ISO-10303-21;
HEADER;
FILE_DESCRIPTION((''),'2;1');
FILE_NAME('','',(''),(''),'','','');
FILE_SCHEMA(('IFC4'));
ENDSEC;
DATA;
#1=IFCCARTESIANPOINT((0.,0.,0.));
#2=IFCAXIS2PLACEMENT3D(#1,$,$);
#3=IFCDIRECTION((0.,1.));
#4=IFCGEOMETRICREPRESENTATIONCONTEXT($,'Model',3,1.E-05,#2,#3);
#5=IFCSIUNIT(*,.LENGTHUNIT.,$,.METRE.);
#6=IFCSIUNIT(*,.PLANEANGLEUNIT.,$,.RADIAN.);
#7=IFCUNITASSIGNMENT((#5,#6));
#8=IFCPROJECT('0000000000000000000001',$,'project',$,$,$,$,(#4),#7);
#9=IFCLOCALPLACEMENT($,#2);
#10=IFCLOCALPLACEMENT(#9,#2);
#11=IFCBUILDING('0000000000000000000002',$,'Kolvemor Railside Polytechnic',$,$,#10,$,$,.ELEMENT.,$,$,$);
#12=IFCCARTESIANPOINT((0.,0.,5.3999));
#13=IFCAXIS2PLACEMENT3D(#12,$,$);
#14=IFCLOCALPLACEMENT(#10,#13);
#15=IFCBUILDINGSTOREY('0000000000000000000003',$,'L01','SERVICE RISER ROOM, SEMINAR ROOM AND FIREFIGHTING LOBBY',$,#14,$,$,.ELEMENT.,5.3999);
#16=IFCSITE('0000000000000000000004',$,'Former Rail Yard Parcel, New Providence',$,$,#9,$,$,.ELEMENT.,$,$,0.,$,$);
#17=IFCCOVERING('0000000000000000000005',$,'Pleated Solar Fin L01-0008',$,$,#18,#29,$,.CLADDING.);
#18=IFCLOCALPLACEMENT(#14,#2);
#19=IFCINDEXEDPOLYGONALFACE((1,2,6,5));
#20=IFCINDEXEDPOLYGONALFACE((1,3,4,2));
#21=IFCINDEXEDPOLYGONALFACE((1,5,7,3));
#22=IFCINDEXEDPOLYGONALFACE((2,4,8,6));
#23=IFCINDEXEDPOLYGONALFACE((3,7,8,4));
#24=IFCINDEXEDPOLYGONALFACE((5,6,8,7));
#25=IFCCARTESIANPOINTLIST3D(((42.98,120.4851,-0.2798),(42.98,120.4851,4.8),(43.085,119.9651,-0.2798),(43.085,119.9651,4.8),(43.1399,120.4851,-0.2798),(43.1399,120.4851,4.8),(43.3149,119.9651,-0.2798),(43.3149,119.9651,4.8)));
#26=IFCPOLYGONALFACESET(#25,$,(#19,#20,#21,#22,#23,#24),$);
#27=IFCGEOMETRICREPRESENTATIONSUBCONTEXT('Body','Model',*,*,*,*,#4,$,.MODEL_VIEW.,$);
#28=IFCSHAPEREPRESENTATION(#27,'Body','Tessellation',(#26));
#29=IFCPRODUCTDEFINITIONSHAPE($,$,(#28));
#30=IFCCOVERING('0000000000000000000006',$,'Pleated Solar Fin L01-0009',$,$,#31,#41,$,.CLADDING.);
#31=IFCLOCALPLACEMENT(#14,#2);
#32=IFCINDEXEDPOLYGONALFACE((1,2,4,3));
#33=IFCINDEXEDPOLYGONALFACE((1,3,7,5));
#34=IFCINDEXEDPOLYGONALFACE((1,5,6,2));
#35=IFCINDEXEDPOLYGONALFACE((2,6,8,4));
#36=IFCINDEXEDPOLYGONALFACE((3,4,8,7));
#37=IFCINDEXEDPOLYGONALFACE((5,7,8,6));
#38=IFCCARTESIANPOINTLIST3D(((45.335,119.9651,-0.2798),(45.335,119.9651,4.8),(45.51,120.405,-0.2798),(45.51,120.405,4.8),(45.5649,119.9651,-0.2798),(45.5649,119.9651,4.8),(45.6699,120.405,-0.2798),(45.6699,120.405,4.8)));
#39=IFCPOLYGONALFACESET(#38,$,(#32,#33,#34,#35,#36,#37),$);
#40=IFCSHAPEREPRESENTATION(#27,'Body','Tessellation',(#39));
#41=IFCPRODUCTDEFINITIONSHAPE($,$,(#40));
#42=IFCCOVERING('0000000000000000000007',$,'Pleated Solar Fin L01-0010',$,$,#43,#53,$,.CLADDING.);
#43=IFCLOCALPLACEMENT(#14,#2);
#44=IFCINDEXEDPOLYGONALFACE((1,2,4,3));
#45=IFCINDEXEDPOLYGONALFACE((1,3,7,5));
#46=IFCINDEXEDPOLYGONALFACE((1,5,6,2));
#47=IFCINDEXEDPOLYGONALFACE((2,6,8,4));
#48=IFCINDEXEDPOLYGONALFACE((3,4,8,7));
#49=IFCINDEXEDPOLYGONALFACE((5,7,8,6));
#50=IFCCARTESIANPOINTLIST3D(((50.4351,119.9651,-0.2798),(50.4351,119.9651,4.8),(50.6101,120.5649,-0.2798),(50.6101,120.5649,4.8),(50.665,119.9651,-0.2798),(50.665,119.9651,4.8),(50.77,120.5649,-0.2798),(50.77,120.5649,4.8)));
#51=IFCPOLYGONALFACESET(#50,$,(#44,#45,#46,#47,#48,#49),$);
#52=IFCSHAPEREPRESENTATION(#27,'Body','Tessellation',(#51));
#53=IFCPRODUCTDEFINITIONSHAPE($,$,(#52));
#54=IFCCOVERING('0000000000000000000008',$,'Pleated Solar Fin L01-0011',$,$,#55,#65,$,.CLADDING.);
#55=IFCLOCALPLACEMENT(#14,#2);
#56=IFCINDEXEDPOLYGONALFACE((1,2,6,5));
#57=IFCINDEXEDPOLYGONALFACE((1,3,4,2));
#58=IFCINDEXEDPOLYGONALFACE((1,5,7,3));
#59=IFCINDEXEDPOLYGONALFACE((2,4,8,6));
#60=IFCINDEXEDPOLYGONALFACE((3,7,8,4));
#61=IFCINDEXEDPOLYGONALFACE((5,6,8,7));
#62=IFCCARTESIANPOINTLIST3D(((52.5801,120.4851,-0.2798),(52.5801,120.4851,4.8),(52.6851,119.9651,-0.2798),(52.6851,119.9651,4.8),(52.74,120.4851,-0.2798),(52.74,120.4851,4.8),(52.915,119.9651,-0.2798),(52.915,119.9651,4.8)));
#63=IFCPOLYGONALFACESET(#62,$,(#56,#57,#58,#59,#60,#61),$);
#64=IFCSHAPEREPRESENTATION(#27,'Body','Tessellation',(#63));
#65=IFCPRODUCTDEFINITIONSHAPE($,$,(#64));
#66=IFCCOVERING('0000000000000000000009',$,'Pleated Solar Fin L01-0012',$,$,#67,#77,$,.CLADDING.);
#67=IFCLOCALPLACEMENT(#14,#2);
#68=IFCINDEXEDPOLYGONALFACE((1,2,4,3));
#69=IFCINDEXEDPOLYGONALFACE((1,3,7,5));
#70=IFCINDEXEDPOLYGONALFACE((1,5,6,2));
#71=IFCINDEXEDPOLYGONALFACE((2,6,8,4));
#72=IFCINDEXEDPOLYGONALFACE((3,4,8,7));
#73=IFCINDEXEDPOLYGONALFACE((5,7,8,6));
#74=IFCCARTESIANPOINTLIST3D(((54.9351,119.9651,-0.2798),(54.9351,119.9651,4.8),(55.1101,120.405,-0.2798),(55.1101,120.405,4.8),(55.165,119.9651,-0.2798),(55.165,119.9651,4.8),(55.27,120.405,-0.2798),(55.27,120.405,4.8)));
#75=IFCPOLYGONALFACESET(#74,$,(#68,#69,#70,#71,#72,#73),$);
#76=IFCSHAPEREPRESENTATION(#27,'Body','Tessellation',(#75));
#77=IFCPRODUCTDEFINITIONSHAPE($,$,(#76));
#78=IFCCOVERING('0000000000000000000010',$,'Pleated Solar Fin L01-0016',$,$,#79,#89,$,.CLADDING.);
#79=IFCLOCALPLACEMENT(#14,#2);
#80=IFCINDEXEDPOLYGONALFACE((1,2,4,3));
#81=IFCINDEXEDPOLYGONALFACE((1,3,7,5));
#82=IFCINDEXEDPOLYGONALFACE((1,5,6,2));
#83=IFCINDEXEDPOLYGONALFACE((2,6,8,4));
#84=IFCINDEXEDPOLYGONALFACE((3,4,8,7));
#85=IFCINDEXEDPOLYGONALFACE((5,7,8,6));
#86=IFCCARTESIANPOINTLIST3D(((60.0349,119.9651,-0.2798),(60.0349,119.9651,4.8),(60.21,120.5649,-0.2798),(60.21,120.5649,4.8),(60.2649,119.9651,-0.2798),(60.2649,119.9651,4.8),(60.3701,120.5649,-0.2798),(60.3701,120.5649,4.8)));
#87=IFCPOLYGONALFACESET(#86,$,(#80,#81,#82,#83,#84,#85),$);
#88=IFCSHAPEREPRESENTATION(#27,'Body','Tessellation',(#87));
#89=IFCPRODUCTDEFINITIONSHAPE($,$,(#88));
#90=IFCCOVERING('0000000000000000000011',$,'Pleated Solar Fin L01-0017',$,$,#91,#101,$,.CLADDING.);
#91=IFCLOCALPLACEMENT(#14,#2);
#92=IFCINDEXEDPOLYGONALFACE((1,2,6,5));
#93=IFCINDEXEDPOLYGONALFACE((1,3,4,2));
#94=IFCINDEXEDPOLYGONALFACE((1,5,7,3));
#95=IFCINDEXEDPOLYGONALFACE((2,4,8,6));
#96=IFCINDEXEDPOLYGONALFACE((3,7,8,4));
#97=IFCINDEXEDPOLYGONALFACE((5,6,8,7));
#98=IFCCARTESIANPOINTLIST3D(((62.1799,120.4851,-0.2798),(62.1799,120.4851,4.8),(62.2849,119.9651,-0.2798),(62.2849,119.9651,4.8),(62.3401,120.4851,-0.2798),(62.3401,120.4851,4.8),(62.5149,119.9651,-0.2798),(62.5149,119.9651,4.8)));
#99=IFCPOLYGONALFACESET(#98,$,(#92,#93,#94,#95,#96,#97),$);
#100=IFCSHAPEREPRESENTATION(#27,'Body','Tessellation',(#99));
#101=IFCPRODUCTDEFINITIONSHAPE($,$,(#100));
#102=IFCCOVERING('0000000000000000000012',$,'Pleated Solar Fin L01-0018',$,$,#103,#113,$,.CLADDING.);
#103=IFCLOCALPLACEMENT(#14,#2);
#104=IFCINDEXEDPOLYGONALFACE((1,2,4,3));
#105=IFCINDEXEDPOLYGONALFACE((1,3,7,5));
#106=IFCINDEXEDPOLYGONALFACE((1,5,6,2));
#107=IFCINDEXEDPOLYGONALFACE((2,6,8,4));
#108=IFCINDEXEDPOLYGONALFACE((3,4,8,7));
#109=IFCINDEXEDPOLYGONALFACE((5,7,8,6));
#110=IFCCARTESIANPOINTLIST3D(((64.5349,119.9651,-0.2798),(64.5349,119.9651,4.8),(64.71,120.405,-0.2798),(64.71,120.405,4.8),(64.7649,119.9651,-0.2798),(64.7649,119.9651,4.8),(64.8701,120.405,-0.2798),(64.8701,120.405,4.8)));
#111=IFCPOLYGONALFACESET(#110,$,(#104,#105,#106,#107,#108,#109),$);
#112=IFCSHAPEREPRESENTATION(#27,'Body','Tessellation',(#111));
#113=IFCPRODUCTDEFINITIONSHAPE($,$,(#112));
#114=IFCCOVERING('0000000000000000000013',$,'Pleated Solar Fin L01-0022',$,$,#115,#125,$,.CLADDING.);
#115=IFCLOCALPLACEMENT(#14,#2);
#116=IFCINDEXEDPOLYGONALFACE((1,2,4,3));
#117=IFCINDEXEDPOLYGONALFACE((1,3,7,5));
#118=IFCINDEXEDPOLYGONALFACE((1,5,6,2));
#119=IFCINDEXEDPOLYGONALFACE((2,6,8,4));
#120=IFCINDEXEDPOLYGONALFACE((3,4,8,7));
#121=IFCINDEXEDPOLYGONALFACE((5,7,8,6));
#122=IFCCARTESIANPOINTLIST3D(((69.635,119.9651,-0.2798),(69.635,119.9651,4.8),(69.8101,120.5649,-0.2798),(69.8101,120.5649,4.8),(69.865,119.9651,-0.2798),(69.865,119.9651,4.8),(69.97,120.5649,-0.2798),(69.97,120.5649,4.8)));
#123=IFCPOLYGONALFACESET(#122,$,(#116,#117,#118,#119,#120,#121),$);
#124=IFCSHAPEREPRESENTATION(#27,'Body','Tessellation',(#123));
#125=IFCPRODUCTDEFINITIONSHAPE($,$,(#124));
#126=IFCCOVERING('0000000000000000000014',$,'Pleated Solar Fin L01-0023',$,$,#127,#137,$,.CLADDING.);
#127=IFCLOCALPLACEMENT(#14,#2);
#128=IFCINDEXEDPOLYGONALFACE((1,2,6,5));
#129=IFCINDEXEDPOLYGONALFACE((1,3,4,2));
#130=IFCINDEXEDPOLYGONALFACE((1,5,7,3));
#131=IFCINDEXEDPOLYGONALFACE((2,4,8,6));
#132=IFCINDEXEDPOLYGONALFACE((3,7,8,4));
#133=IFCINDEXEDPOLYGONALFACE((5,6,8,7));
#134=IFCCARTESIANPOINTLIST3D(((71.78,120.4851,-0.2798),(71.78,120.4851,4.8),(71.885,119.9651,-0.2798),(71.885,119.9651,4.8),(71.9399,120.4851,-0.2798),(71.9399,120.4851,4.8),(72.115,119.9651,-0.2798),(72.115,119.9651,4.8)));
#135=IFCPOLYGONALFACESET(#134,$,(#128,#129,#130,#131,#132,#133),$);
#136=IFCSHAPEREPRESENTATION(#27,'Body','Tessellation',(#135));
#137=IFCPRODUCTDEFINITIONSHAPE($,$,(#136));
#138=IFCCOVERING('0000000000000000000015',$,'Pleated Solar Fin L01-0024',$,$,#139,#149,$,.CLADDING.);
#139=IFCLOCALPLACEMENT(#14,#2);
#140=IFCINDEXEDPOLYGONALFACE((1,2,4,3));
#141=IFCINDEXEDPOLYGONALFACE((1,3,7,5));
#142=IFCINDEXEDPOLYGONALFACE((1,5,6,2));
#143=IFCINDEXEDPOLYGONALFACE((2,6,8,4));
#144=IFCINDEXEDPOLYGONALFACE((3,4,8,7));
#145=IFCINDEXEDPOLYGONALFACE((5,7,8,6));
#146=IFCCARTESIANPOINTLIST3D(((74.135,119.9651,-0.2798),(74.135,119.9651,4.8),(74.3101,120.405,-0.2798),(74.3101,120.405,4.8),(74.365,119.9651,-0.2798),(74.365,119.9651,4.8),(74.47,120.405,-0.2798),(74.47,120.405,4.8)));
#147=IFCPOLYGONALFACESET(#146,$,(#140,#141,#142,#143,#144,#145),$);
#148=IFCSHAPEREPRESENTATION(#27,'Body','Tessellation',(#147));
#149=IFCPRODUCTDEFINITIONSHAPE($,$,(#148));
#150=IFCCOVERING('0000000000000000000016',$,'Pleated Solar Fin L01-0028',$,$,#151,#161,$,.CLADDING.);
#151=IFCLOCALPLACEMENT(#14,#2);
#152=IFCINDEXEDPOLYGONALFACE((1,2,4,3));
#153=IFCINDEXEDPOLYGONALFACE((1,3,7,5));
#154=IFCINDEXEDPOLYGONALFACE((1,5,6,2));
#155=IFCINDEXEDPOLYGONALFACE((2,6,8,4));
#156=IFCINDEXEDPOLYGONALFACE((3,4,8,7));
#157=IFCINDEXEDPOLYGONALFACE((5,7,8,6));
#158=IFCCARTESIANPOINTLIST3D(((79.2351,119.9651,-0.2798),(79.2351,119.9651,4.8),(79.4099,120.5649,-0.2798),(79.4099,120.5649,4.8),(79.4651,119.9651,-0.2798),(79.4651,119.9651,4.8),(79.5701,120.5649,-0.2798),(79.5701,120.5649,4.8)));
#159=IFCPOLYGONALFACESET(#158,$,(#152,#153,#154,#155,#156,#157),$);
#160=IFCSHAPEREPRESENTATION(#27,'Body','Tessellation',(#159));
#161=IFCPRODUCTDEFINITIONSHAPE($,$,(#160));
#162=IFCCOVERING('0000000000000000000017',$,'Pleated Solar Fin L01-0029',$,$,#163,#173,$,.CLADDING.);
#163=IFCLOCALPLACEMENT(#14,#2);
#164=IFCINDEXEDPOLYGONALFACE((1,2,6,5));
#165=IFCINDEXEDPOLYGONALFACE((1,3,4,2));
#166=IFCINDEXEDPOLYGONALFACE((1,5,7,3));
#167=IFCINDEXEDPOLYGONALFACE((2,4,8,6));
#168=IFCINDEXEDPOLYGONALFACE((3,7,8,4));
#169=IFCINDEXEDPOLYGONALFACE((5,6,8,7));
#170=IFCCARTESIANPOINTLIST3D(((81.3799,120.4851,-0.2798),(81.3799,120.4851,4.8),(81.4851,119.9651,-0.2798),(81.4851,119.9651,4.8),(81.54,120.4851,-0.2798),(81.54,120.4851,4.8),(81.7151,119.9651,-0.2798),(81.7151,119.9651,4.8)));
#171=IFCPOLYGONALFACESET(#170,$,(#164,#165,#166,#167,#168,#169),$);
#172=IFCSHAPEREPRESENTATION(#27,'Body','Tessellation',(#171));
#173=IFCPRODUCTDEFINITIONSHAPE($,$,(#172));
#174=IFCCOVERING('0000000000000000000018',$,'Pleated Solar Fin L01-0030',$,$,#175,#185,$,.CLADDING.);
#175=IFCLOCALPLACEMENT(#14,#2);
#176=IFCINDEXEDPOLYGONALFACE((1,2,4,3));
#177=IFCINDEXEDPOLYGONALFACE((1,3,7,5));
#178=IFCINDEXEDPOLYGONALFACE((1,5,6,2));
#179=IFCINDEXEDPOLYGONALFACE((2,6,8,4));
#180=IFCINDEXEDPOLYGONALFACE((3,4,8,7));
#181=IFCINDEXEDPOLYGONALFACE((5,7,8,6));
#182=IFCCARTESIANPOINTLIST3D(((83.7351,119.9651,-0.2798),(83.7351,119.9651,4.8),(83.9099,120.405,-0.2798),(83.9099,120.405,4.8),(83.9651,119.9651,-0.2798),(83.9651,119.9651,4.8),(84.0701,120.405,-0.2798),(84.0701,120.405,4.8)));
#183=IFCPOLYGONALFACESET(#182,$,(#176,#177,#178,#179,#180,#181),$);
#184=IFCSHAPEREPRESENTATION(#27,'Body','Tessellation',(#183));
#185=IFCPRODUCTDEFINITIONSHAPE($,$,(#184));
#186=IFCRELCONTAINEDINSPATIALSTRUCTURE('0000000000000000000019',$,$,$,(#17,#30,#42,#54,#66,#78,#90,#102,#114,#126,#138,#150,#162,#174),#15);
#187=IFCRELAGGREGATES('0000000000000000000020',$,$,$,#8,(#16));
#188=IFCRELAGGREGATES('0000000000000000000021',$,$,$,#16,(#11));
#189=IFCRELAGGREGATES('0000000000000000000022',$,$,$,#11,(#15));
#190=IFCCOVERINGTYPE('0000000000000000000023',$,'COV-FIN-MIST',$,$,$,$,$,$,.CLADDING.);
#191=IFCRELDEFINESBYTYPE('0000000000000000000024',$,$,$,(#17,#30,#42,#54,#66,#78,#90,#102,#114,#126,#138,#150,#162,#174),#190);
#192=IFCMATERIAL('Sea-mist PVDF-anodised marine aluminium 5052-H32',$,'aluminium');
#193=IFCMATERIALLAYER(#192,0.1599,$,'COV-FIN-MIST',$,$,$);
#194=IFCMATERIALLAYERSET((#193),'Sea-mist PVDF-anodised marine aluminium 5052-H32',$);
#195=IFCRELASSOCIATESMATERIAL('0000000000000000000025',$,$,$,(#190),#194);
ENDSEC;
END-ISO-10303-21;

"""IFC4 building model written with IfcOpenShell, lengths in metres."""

from ifc_helpers import new_model, si_unit, direction, frame, origin, place, context, subcontext, project, spatial, polyline, outline, extrude, material, layer, layer_set, type_object, element, save


model = new_model("IFC4")

# Units and contexts
model_context = context("Model", 3, precision=1e-05, world=origin(), true_north=direction((0.0, 1.0)))
body_context = subcontext(model_context, "Body", "Model", "MODEL_VIEW")
ifc_project = project(units=[si_unit("LENGTHUNIT", "METRE"), si_unit("PLANEANGLEUNIT", "RADIAN")], contexts=[model_context])

# Site, building, storey
site_placement = place(None, origin())
site = spatial("IfcSite", under=ifc_project, at=site_placement, Name="Former Rail Yard Parcel, New Providence", CompositionType="ELEMENT", RefElevation=0.0)
building_placement = place(site_placement, origin())
building = spatial("IfcBuilding", under=site, at=building_placement, Name="Kolvemor Railside Polytechnic", CompositionType="ELEMENT")
storey_placement = place(building_placement, frame((0.0, 0.0, 5.3999)))
storey = spatial("IfcBuildingStorey", under=building, at=storey_placement, Name="L01", Description="SERVICE RISER ROOM, SEMINAR ROOM AND FIREFIGHTING LOBBY", CompositionType="ELEMENT", Elevation=5.3999)

# Coverings
ifc_material_1 = material(Name="Sea-mist PVDF-anodised marine aluminium 5052-H32", Category="aluminium")
ifc_layer_1 = layer(ifc_material_1, 0.1599, Name="COV-FIN-MIST")
ifc_layer_set_1 = layer_set([ifc_layer_1], Name="Sea-mist PVDF-anodised marine aluminium 5052-H32")
covering_type_1 = type_object("IfcCoveringType", Name="COV-FIN-MIST", PredefinedType="CLADDING", material=ifc_layer_set_1)
covering_1_placement = place(storey_placement, frame((0.0, 0.0, -0.2798)))
element("IfcCovering", 1, at=covering_1_placement, inside=storey, type_object=covering_type_1, Name="Pleated Solar Fin L01-0008", PredefinedType="CLADDING", context=body_context, shape_type="SweptSolid", body=[
    extrude(outline(polyline([(43.085, 119.9651), (43.3149, 119.9651), (43.1399, 120.4851), (42.98, 120.4851), (43.085, 119.9651)])), origin(), (0.0, 0.0, 1.0), 5.0798),
])
covering_2_placement = place(storey_placement, frame((0.0, 0.0, -0.2798)))
element("IfcCovering", 2, at=covering_2_placement, inside=storey, type_object=covering_type_1, Name="Pleated Solar Fin L01-0009", PredefinedType="CLADDING", context=body_context, shape_type="SweptSolid", body=[
    extrude(outline(polyline([(45.335, 119.9651), (45.5649, 119.9651), (45.6699, 120.405), (45.51, 120.405), (45.335, 119.9651)])), origin(), (0.0, 0.0, 1.0), 5.0798),
])
covering_3_placement = place(storey_placement, frame((0.0, 0.0, -0.2798)))
element("IfcCovering", 3, at=covering_3_placement, inside=storey, type_object=covering_type_1, Name="Pleated Solar Fin L01-0010", PredefinedType="CLADDING", context=body_context, shape_type="SweptSolid", body=[
    extrude(outline(polyline([(50.4351, 119.9651), (50.665, 119.9651), (50.77, 120.5649), (50.6101, 120.5649), (50.4351, 119.9651)])), origin(), (0.0, 0.0, 1.0), 5.0798),
])
covering_4_placement = place(storey_placement, frame((0.0, 0.0, -0.2798)))
element("IfcCovering", 4, at=covering_4_placement, inside=storey, type_object=covering_type_1, Name="Pleated Solar Fin L01-0011", PredefinedType="CLADDING", context=body_context, shape_type="SweptSolid", body=[
    extrude(outline(polyline([(52.6851, 119.9651), (52.915, 119.9651), (52.74, 120.4851), (52.5801, 120.4851), (52.6851, 119.9651)])), origin(), (0.0, 0.0, 1.0), 5.0798),
])
covering_5_placement = place(storey_placement, frame((0.0, 0.0, -0.2798)))
element("IfcCovering", 5, at=covering_5_placement, inside=storey, type_object=covering_type_1, Name="Pleated Solar Fin L01-0012", PredefinedType="CLADDING", context=body_context, shape_type="SweptSolid", body=[
    extrude(outline(polyline([(54.9351, 119.9651), (55.165, 119.9651), (55.27, 120.405), (55.1101, 120.405), (54.9351, 119.9651)])), origin(), (0.0, 0.0, 1.0), 5.0798),
])
covering_6_placement = place(storey_placement, frame((0.0, 0.0, -0.2798)))
element("IfcCovering", 6, at=covering_6_placement, inside=storey, type_object=covering_type_1, Name="Pleated Solar Fin L01-0016", PredefinedType="CLADDING", context=body_context, shape_type="SweptSolid", body=[
    extrude(outline(polyline([(60.0349, 119.9651), (60.2649, 119.9651), (60.3701, 120.5649), (60.21, 120.5649), (60.0349, 119.9651)])), origin(), (0.0, 0.0, 1.0), 5.0798),
])
covering_7_placement = place(storey_placement, frame((0.0, 0.0, -0.2798)))
element("IfcCovering", 7, at=covering_7_placement, inside=storey, type_object=covering_type_1, Name="Pleated Solar Fin L01-0017", PredefinedType="CLADDING", context=body_context, shape_type="SweptSolid", body=[
    extrude(outline(polyline([(62.2849, 119.9651), (62.5149, 119.9651), (62.3401, 120.4851), (62.1799, 120.4851), (62.2849, 119.9651)])), origin(), (0.0, 0.0, 1.0), 5.0798),
])
covering_8_placement = place(storey_placement, frame((0.0, 0.0, -0.2798)))
element("IfcCovering", 8, at=covering_8_placement, inside=storey, type_object=covering_type_1, Name="Pleated Solar Fin L01-0018", PredefinedType="CLADDING", context=body_context, shape_type="SweptSolid", body=[
    extrude(outline(polyline([(64.5349, 119.9651), (64.7649, 119.9651), (64.8701, 120.405), (64.71, 120.405), (64.5349, 119.9651)])), origin(), (0.0, 0.0, 1.0), 5.0798),
])
covering_9_placement = place(storey_placement, frame((0.0, 0.0, -0.2798)))
element("IfcCovering", 9, at=covering_9_placement, inside=storey, type_object=covering_type_1, Name="Pleated Solar Fin L01-0022", PredefinedType="CLADDING", context=body_context, shape_type="SweptSolid", body=[
    extrude(outline(polyline([(69.635, 119.9651), (69.865, 119.9651), (69.97, 120.5649), (69.8101, 120.5649), (69.635, 119.9651)])), origin(), (0.0, 0.0, 1.0), 5.0798),
])
covering_10_placement = place(storey_placement, frame((0.0, 0.0, -0.2798)))
element("IfcCovering", 10, at=covering_10_placement, inside=storey, type_object=covering_type_1, Name="Pleated Solar Fin L01-0023", PredefinedType="CLADDING", context=body_context, shape_type="SweptSolid", body=[
    extrude(outline(polyline([(71.885, 119.9651), (72.115, 119.9651), (71.9399, 120.4851), (71.78, 120.4851), (71.885, 119.9651)])), origin(), (0.0, 0.0, 1.0), 5.0798),
])
covering_11_placement = place(storey_placement, frame((0.0, 0.0, -0.2798)))
element("IfcCovering", 11, at=covering_11_placement, inside=storey, type_object=covering_type_1, Name="Pleated Solar Fin L01-0024", PredefinedType="CLADDING", context=body_context, shape_type="SweptSolid", body=[
    extrude(outline(polyline([(74.135, 119.9651), (74.365, 119.9651), (74.47, 120.405), (74.3101, 120.405), (74.135, 119.9651)])), origin(), (0.0, 0.0, 1.0), 5.0798),
])
covering_12_placement = place(storey_placement, frame((0.0, 0.0, -0.2798)))
element("IfcCovering", 12, at=covering_12_placement, inside=storey, type_object=covering_type_1, Name="Pleated Solar Fin L01-0028", PredefinedType="CLADDING", context=body_context, shape_type="SweptSolid", body=[
    extrude(outline(polyline([(79.2351, 119.9651), (79.4651, 119.9651), (79.5701, 120.5649), (79.4099, 120.5649), (79.2351, 119.9651)])), origin(), (0.0, 0.0, 1.0), 5.0798),
])
covering_13_placement = place(storey_placement, frame((0.0, 0.0, -0.2798)))
element("IfcCovering", 13, at=covering_13_placement, inside=storey, type_object=covering_type_1, Name="Pleated Solar Fin L01-0029", PredefinedType="CLADDING", context=body_context, shape_type="SweptSolid", body=[
    extrude(outline(polyline([(81.4851, 119.9651), (81.7151, 119.9651), (81.54, 120.4851), (81.3799, 120.4851), (81.4851, 119.9651)])), origin(), (0.0, 0.0, 1.0), 5.0798),
])
covering_14_placement = place(storey_placement, frame((0.0, 0.0, -0.2798)))
element("IfcCovering", 14, at=covering_14_placement, inside=storey, type_object=covering_type_1, Name="Pleated Solar Fin L01-0030", PredefinedType="CLADDING", context=body_context, shape_type="SweptSolid", body=[
    extrude(outline(polyline([(83.7351, 119.9651), (83.9651, 119.9651), (84.0701, 120.405), (83.9099, 120.405), (83.7351, 119.9651)])), origin(), (0.0, 0.0, 1.0), 5.0798),
])

save(model, "model.ifc")
